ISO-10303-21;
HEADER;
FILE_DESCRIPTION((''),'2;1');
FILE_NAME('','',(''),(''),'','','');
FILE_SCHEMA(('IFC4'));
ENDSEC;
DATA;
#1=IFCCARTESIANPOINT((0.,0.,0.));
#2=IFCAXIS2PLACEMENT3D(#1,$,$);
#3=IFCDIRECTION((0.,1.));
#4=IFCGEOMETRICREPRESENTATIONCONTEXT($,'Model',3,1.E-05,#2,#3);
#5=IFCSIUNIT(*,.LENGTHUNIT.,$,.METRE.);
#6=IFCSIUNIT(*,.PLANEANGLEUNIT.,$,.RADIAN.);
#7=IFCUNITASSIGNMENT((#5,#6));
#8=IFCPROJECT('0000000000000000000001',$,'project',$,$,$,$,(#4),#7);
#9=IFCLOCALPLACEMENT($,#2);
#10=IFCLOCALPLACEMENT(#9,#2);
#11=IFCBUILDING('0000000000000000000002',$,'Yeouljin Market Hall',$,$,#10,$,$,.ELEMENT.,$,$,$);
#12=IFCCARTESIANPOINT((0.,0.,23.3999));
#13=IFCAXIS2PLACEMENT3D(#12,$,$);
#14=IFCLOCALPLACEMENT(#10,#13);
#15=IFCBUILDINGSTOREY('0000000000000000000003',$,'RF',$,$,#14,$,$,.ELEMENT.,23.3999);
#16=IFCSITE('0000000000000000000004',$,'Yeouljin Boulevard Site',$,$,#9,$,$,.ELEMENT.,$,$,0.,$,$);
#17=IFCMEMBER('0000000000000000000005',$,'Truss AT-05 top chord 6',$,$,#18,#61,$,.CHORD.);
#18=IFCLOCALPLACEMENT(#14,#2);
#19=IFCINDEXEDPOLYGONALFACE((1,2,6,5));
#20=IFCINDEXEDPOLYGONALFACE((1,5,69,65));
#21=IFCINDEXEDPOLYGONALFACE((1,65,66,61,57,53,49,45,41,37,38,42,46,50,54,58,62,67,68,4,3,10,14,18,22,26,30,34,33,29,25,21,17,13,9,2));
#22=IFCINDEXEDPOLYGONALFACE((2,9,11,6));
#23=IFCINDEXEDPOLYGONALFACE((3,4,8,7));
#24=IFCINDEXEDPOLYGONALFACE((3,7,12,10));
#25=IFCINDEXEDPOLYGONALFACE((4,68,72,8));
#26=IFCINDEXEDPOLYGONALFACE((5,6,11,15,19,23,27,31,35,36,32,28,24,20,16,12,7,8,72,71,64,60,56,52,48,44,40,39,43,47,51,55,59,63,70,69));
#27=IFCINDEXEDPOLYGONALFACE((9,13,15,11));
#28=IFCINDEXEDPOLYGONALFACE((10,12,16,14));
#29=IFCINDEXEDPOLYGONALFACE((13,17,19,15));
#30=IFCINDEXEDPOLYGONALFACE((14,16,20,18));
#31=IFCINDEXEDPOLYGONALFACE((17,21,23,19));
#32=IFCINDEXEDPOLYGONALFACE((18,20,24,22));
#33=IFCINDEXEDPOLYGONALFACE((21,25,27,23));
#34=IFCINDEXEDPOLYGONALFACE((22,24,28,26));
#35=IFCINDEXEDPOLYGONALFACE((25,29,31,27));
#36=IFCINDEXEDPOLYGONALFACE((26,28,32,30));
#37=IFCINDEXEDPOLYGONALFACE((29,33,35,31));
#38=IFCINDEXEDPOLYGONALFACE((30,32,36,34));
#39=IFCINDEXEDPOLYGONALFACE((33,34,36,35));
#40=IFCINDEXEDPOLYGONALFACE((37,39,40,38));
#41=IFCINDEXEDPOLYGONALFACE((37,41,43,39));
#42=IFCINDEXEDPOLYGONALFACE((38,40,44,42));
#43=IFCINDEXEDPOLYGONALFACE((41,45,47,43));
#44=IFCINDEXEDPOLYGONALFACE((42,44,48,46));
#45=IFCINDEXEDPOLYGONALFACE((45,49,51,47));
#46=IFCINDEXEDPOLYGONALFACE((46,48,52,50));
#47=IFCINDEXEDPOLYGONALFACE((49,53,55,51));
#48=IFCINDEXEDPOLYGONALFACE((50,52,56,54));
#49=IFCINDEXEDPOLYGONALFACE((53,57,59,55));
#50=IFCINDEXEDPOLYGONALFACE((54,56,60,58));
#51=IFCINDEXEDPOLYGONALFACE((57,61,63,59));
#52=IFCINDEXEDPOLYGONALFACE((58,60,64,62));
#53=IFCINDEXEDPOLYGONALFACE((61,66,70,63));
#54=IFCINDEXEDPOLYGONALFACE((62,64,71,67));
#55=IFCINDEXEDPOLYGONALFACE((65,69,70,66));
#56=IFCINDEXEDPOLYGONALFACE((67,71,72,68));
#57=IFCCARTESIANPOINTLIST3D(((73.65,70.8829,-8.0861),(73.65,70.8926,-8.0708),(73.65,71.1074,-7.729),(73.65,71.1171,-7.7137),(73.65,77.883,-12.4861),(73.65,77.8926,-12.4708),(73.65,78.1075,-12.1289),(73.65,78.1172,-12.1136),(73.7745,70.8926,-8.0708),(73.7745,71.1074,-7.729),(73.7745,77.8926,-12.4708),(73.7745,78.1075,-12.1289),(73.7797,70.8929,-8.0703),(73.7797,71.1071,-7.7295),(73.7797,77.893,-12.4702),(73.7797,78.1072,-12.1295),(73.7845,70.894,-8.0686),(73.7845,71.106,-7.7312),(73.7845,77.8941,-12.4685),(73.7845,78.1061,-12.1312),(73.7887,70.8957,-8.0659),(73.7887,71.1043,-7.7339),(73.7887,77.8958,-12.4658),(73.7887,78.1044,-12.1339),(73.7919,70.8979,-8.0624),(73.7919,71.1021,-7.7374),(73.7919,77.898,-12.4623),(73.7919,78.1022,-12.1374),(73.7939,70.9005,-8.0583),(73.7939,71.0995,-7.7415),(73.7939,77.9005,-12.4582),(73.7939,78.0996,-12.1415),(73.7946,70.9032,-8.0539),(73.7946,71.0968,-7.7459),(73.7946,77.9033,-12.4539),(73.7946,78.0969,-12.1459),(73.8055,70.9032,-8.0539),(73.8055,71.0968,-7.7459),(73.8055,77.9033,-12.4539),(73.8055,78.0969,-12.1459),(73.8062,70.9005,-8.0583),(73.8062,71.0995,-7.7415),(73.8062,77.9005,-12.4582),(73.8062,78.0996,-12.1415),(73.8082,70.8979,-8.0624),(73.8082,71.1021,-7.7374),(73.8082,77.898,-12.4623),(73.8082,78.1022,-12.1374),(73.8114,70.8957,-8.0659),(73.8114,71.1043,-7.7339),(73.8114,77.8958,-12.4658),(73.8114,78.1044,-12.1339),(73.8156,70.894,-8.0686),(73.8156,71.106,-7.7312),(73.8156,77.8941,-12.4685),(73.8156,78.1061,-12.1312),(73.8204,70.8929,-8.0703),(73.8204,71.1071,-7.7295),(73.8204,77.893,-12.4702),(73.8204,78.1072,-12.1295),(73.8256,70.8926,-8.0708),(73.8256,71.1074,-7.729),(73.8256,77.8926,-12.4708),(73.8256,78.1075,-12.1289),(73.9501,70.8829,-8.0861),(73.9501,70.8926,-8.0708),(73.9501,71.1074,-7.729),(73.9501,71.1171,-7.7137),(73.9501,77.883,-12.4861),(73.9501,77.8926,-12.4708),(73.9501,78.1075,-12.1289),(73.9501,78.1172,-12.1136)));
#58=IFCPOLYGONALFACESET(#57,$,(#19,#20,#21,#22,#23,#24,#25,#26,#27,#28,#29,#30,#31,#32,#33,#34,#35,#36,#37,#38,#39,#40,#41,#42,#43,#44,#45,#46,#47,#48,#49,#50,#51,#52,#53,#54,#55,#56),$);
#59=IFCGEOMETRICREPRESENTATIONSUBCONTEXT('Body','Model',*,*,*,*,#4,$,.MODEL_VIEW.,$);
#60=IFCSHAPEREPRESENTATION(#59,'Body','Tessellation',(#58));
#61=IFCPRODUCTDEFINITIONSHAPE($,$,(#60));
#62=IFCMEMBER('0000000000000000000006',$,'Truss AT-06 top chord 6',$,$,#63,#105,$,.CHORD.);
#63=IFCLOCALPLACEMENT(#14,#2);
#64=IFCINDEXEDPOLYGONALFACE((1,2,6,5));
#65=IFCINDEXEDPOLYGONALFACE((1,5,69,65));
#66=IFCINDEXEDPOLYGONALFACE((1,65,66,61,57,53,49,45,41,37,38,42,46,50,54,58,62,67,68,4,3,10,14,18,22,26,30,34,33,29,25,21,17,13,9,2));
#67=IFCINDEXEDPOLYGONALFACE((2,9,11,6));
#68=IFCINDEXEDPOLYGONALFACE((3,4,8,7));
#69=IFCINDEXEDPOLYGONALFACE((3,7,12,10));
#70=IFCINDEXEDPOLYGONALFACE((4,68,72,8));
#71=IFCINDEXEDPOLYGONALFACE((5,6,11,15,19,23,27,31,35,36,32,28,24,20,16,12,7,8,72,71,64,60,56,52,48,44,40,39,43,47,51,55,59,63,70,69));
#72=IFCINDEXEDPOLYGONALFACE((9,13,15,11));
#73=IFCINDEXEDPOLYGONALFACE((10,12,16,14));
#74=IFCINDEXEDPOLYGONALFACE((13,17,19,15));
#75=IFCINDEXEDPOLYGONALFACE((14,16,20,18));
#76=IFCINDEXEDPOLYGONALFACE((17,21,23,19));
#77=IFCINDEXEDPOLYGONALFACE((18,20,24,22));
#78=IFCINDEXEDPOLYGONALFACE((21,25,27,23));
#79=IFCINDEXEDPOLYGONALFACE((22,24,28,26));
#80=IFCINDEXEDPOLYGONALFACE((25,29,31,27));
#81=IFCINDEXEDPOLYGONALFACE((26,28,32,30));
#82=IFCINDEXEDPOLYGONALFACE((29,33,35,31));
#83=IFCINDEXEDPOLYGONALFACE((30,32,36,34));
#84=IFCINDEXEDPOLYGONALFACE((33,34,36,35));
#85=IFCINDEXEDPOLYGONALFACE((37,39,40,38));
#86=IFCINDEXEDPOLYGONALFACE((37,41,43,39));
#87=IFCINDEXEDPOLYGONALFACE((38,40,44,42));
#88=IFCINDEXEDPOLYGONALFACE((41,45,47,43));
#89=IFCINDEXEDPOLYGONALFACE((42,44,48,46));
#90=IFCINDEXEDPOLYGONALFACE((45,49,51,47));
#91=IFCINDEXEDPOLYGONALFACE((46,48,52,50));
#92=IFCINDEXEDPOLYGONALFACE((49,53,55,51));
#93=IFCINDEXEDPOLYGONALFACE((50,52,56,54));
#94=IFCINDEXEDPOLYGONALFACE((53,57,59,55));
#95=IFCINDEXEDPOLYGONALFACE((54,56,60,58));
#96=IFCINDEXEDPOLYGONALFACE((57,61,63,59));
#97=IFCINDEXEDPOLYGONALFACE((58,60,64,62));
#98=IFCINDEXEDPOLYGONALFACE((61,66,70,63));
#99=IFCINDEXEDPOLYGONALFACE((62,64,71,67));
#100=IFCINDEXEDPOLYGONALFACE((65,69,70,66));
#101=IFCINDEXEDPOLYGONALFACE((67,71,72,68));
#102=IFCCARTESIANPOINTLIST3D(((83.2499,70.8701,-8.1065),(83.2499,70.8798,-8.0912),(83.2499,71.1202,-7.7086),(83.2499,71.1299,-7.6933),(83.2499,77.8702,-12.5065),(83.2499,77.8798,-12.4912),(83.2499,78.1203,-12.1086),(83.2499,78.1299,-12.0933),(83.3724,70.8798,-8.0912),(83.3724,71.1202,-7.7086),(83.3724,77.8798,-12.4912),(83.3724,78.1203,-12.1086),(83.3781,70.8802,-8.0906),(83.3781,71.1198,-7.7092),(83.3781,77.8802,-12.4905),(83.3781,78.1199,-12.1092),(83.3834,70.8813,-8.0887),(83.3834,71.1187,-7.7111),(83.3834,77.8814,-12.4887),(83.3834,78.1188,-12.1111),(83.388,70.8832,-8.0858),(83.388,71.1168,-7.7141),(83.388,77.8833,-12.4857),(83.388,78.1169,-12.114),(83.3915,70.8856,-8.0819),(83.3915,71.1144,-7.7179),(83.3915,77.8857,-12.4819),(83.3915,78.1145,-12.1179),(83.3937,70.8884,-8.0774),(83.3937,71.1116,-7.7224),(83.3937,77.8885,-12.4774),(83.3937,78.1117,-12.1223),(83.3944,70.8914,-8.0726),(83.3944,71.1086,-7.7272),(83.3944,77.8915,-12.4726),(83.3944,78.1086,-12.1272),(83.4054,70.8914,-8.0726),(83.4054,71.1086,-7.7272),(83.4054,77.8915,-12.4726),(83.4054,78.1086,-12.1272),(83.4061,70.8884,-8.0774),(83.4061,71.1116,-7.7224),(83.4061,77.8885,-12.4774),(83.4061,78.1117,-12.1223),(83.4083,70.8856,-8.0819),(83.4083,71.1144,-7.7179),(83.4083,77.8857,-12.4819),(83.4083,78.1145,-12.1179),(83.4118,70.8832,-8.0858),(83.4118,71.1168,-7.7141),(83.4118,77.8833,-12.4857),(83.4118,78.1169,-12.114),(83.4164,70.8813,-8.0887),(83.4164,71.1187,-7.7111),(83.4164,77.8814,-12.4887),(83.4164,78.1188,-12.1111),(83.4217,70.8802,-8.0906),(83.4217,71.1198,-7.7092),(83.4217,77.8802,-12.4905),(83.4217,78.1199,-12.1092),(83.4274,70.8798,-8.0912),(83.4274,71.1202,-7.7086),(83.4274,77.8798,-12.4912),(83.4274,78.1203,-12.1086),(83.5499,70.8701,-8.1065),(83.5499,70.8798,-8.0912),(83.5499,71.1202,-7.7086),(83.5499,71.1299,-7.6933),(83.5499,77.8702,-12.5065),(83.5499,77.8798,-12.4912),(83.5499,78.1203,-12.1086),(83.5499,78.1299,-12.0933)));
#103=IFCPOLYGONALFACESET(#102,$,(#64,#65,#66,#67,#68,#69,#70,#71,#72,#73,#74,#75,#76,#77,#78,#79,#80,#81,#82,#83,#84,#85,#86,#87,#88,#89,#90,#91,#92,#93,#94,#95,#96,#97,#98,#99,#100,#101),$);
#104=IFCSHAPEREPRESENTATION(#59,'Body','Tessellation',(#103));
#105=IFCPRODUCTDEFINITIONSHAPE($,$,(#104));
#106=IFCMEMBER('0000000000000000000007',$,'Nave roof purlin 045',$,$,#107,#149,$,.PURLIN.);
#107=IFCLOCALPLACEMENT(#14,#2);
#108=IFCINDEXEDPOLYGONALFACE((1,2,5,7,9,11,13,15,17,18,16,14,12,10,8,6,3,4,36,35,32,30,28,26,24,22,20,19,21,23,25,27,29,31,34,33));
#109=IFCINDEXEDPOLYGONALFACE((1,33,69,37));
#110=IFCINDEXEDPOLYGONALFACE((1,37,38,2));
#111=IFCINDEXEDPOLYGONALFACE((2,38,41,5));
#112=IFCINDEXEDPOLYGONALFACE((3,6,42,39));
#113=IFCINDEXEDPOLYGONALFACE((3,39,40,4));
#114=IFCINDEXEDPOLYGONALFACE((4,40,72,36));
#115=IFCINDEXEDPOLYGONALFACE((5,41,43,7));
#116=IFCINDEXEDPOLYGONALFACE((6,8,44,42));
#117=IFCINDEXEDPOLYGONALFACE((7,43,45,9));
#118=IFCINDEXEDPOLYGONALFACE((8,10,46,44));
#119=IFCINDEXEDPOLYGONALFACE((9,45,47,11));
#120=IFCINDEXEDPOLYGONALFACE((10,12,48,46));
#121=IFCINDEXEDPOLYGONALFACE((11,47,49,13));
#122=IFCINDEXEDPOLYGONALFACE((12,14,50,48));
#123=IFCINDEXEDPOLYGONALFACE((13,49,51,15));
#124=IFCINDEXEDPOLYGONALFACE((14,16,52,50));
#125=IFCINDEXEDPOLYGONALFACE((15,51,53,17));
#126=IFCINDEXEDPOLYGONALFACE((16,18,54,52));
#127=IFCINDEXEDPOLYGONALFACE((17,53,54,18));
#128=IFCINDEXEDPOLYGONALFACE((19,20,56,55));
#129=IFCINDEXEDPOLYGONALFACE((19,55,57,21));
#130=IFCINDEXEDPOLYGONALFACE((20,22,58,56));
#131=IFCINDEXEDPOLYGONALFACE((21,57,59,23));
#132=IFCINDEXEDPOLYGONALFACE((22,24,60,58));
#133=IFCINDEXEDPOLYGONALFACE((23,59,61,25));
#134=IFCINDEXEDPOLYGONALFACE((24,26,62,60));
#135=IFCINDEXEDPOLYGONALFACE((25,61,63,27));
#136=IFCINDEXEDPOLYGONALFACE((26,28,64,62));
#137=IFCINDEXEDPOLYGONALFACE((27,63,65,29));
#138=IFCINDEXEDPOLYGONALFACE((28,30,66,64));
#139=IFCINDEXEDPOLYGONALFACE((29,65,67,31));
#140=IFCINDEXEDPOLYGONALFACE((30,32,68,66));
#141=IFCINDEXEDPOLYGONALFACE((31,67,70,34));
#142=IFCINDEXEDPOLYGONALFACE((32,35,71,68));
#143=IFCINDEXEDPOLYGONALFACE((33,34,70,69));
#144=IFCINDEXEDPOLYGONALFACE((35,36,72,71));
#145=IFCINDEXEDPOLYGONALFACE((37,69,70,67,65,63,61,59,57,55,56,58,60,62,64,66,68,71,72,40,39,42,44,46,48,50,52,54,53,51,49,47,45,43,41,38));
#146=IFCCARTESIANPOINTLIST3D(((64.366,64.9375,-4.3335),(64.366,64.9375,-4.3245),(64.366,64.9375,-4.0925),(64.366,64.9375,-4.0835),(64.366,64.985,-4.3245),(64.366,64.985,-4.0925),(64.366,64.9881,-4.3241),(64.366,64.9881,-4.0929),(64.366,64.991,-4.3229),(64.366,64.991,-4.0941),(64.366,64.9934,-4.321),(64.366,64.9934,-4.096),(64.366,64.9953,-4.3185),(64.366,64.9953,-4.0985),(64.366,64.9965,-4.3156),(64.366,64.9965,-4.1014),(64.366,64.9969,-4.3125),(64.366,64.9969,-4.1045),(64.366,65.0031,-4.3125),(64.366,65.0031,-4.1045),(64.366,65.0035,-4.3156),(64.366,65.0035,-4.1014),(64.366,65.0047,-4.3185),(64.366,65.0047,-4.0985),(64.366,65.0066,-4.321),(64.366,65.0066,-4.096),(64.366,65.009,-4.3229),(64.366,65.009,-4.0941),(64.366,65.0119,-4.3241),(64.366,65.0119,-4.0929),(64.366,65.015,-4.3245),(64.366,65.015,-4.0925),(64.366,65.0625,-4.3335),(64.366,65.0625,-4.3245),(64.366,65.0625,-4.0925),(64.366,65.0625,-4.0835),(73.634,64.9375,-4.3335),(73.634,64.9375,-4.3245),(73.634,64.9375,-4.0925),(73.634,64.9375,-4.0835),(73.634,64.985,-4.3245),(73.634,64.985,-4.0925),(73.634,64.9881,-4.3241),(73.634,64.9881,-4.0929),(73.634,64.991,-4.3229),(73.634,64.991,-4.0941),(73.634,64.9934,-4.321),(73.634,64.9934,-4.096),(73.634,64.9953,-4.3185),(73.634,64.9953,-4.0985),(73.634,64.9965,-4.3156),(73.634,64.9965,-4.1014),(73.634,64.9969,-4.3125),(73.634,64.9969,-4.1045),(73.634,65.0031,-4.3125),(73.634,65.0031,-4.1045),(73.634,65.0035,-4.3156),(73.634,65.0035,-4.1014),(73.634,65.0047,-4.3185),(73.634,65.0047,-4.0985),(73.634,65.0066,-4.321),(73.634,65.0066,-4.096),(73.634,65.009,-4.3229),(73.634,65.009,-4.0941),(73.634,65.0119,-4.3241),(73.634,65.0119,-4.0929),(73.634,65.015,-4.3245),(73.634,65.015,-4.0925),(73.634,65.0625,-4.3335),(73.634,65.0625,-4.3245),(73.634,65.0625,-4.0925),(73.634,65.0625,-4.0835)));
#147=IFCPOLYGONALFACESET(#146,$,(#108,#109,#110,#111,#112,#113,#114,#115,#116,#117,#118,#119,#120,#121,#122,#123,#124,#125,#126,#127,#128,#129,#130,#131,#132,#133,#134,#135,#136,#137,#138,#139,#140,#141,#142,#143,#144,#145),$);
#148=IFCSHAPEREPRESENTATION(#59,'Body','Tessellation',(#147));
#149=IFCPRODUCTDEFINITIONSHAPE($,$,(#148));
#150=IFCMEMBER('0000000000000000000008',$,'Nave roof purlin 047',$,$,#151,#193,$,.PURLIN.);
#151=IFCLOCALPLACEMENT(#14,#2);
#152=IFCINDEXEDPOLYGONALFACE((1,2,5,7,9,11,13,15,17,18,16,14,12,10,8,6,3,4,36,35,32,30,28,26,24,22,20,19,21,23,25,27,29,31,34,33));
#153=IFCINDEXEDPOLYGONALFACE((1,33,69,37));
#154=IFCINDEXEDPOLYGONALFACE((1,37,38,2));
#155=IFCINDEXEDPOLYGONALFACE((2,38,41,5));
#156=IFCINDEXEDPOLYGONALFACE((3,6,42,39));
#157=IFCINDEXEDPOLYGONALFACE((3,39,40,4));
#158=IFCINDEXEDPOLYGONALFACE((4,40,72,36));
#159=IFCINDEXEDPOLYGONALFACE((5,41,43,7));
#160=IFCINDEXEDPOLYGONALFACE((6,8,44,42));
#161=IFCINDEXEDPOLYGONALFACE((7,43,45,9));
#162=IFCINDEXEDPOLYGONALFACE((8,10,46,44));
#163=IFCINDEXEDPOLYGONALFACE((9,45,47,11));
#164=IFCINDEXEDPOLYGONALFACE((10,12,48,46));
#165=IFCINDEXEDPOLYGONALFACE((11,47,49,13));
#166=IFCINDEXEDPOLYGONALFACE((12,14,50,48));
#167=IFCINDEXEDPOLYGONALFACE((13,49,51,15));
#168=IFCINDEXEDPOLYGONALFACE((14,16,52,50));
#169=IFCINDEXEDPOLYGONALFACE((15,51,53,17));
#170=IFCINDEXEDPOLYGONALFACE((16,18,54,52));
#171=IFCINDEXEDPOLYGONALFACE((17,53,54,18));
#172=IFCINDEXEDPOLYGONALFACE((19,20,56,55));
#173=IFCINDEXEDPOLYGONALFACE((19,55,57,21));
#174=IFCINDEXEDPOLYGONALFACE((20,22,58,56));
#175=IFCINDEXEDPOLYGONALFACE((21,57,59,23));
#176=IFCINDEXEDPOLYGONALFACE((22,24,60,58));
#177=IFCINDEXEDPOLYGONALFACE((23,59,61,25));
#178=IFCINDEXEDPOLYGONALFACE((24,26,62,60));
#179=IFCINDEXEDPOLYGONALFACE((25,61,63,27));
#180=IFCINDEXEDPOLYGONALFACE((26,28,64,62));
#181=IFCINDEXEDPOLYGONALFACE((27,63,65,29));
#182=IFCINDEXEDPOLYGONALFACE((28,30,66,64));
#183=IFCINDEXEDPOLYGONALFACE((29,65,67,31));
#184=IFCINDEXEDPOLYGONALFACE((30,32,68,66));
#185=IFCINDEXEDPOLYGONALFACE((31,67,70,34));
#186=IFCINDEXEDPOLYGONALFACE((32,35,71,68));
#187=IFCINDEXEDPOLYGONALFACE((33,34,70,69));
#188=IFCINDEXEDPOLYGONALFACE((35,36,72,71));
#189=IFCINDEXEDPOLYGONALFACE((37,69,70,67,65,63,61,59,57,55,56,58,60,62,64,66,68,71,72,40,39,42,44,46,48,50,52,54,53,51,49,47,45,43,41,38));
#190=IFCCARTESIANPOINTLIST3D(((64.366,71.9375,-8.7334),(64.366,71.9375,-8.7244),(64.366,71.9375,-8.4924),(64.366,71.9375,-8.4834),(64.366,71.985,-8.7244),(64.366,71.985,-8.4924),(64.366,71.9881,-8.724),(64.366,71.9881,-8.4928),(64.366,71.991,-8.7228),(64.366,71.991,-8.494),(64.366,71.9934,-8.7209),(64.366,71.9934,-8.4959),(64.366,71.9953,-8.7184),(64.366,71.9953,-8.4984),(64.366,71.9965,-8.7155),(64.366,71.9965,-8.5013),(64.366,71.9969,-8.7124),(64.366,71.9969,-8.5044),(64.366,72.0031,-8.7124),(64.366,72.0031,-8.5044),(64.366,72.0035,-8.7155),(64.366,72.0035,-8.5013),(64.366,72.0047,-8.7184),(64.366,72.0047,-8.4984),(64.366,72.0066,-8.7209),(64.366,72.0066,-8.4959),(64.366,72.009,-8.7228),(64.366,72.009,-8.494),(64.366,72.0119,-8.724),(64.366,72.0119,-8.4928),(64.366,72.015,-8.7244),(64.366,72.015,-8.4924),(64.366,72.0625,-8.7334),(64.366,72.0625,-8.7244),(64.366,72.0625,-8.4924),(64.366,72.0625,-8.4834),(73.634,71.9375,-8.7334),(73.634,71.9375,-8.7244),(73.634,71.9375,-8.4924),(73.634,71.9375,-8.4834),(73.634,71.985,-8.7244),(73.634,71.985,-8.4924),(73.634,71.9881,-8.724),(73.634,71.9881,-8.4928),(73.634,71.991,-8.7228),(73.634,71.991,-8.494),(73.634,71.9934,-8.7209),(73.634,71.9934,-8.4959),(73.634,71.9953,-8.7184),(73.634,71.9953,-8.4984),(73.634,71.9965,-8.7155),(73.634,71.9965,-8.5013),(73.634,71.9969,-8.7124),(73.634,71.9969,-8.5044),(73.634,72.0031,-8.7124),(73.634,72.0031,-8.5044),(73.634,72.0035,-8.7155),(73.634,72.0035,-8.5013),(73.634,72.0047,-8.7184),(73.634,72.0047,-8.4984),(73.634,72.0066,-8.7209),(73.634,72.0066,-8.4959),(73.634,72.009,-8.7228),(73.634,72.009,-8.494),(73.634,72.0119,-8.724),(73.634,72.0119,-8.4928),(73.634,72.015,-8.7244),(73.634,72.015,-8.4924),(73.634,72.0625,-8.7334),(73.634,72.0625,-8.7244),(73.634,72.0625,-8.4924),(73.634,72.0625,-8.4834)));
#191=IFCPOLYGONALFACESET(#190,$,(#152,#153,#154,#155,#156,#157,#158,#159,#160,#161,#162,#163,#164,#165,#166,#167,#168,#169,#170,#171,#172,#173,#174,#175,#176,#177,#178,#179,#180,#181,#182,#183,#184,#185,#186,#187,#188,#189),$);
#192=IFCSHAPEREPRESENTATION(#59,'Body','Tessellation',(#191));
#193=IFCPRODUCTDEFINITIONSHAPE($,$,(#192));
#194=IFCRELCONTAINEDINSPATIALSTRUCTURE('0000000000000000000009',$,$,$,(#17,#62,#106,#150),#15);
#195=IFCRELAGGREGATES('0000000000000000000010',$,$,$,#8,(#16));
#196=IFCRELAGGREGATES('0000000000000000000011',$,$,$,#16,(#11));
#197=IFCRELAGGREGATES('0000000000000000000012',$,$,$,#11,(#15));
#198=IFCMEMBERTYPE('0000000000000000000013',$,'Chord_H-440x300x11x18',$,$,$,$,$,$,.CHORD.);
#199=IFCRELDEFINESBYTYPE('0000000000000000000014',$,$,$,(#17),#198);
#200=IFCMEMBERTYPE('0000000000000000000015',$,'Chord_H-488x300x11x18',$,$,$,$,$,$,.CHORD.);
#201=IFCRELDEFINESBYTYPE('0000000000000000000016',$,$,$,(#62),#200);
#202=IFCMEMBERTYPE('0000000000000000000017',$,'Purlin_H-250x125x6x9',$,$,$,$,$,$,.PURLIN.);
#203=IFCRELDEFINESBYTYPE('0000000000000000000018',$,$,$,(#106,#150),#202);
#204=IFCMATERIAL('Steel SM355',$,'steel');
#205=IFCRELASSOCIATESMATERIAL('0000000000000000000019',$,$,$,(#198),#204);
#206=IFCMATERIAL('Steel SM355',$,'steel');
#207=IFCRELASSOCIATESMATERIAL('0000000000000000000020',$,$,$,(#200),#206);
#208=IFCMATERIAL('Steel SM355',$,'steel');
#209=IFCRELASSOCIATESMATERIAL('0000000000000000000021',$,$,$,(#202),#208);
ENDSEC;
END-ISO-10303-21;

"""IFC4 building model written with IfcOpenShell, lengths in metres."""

from ifc_helpers import new_model, si_unit, direction, frame, origin, origin_2d, place, context, subcontext, project, spatial, i_section, extrude, material, material_profile, profile_set, type_object, element, save


model = new_model("IFC4")

# Units and contexts
model_context = context("Model", 3, precision=1e-05, world=origin(), true_north=direction((0.0, 1.0)))
body_context = subcontext(model_context, "Body", "Model", "MODEL_VIEW")
ifc_project = project(units=[si_unit("LENGTHUNIT", "METRE"), si_unit("PLANEANGLEUNIT", "RADIAN")], contexts=[model_context])

# Site, building, storey
site_placement = place(None, origin())
site = spatial("IfcSite", under=ifc_project, at=site_placement, Name="Yeouljin Boulevard Site", CompositionType="ELEMENT", RefElevation=0.0)
building_placement = place(site_placement, origin())
building = spatial("IfcBuilding", under=site, at=building_placement, Name="Yeouljin Market Hall", CompositionType="ELEMENT")
storey_placement = place(building_placement, frame((0.0, 0.0, 23.3999)))
storey = spatial("IfcBuildingStorey", under=building, at=storey_placement, Name="RF", CompositionType="ELEMENT", Elevation=23.3999)

# Members
ifc_material_1 = material(Name="Steel SM355", Category="steel")
ifc_material_profile_1 = material_profile(ifc_material_1, i_section(OverallWidth=0.3, OverallDepth=0.4399, WebThickness=0.011, FlangeThickness=0.0181, FilletRadius=0.02, at=origin_2d()), Name="H-440x300x11x18")
ifc_profile_set_1 = profile_set([ifc_material_profile_1], Name="Steel SM355")
member_type_1 = type_object("IfcMemberType", Name="Chord_H-440x300x11x18", PredefinedType="CHORD", material=ifc_profile_set_1)
member_1_placement = place(storey_placement, frame((73.8, 71.0, -7.8999), z_axis=(0.0, 0.846642, -0.532163), x_axis=(-1.0, 0.0, 0.0)))
element("IfcMember", 1, at=member_1_placement, inside=storey, type_object=member_type_1, Name="Truss AT-05 top chord 6", PredefinedType="CHORD", context=body_context, shape_type="SweptSolid", body=[
    extrude(i_section(OverallWidth=0.3, OverallDepth=0.4399, WebThickness=0.011, FlangeThickness=0.0181, FilletRadius=0.02, at=origin_2d()), origin(), (0.0, 0.0, 1.0), 8.2681),
])
ifc_material_2 = material(Name="Steel SM355", Category="steel")
ifc_material_profile_2 = material_profile(ifc_material_2, i_section(OverallWidth=0.3, OverallDepth=0.488, WebThickness=0.011, FlangeThickness=0.0181, FilletRadius=0.022, at=origin_2d()), Name="H-488x300x11x18")
ifc_profile_set_2 = profile_set([ifc_material_profile_2], Name="Steel SM355")
member_type_2 = type_object("IfcMemberType", Name="Chord_H-488x300x11x18", PredefinedType="CHORD", material=ifc_profile_set_2)
member_2_placement = place(storey_placement, frame((83.3999, 71.0, -7.8999), z_axis=(0.0, 0.846642, -0.532163), x_axis=(-1.0, 0.0, 0.0)))
element("IfcMember", 2, at=member_2_placement, inside=storey, type_object=member_type_2, Name="Truss AT-06 top chord 6", PredefinedType="CHORD", context=body_context, shape_type="SweptSolid", body=[
    extrude(i_section(OverallWidth=0.3, OverallDepth=0.488, WebThickness=0.011, FlangeThickness=0.0181, FilletRadius=0.022, at=origin_2d()), origin(), (0.0, 0.0, 1.0), 8.2681),
])
ifc_material_3 = material(Name="Steel SM355", Category="steel")
ifc_material_profile_3 = material_profile(ifc_material_3, i_section(OverallWidth=0.125, OverallDepth=0.25, WebThickness=0.0061, FlangeThickness=0.009, FilletRadius=0.012, at=origin_2d()), Name="H-250x125x6x9")
ifc_profile_set_3 = profile_set([ifc_material_profile_3], Name="Steel SM355")
member_type_3 = type_object("IfcMemberType", Name="Purlin_H-250x125x6x9", PredefinedType="PURLIN", material=ifc_profile_set_3)
for number, where, z_axis, x_axis, name in (
    (3, (64.366, 65.0, -4.2085), (1.0, 0.0, 0.0), (0.0, 1.0, 0.0), "Nave roof purlin 045"),
    (4, (64.366, 72.0, -8.6084), (1.0, 0.0, 0.0), (0.0, 1.0, 0.0), "Nave roof purlin 047"),
):
    element("IfcMember", number, at=place(storey_placement, frame(where, z_axis=z_axis, x_axis=x_axis)), inside=storey, type_object=member_type_3, Name=name, PredefinedType="PURLIN", context=body_context, shape_type="SweptSolid", body=[
        extrude(i_section(OverallWidth=0.125, OverallDepth=0.25, WebThickness=0.0061, FlangeThickness=0.009, FilletRadius=0.012, at=origin_2d()), origin(), (0.0, 0.0, 1.0), 9.2681),
    ])

save(model, "model.ifc")
